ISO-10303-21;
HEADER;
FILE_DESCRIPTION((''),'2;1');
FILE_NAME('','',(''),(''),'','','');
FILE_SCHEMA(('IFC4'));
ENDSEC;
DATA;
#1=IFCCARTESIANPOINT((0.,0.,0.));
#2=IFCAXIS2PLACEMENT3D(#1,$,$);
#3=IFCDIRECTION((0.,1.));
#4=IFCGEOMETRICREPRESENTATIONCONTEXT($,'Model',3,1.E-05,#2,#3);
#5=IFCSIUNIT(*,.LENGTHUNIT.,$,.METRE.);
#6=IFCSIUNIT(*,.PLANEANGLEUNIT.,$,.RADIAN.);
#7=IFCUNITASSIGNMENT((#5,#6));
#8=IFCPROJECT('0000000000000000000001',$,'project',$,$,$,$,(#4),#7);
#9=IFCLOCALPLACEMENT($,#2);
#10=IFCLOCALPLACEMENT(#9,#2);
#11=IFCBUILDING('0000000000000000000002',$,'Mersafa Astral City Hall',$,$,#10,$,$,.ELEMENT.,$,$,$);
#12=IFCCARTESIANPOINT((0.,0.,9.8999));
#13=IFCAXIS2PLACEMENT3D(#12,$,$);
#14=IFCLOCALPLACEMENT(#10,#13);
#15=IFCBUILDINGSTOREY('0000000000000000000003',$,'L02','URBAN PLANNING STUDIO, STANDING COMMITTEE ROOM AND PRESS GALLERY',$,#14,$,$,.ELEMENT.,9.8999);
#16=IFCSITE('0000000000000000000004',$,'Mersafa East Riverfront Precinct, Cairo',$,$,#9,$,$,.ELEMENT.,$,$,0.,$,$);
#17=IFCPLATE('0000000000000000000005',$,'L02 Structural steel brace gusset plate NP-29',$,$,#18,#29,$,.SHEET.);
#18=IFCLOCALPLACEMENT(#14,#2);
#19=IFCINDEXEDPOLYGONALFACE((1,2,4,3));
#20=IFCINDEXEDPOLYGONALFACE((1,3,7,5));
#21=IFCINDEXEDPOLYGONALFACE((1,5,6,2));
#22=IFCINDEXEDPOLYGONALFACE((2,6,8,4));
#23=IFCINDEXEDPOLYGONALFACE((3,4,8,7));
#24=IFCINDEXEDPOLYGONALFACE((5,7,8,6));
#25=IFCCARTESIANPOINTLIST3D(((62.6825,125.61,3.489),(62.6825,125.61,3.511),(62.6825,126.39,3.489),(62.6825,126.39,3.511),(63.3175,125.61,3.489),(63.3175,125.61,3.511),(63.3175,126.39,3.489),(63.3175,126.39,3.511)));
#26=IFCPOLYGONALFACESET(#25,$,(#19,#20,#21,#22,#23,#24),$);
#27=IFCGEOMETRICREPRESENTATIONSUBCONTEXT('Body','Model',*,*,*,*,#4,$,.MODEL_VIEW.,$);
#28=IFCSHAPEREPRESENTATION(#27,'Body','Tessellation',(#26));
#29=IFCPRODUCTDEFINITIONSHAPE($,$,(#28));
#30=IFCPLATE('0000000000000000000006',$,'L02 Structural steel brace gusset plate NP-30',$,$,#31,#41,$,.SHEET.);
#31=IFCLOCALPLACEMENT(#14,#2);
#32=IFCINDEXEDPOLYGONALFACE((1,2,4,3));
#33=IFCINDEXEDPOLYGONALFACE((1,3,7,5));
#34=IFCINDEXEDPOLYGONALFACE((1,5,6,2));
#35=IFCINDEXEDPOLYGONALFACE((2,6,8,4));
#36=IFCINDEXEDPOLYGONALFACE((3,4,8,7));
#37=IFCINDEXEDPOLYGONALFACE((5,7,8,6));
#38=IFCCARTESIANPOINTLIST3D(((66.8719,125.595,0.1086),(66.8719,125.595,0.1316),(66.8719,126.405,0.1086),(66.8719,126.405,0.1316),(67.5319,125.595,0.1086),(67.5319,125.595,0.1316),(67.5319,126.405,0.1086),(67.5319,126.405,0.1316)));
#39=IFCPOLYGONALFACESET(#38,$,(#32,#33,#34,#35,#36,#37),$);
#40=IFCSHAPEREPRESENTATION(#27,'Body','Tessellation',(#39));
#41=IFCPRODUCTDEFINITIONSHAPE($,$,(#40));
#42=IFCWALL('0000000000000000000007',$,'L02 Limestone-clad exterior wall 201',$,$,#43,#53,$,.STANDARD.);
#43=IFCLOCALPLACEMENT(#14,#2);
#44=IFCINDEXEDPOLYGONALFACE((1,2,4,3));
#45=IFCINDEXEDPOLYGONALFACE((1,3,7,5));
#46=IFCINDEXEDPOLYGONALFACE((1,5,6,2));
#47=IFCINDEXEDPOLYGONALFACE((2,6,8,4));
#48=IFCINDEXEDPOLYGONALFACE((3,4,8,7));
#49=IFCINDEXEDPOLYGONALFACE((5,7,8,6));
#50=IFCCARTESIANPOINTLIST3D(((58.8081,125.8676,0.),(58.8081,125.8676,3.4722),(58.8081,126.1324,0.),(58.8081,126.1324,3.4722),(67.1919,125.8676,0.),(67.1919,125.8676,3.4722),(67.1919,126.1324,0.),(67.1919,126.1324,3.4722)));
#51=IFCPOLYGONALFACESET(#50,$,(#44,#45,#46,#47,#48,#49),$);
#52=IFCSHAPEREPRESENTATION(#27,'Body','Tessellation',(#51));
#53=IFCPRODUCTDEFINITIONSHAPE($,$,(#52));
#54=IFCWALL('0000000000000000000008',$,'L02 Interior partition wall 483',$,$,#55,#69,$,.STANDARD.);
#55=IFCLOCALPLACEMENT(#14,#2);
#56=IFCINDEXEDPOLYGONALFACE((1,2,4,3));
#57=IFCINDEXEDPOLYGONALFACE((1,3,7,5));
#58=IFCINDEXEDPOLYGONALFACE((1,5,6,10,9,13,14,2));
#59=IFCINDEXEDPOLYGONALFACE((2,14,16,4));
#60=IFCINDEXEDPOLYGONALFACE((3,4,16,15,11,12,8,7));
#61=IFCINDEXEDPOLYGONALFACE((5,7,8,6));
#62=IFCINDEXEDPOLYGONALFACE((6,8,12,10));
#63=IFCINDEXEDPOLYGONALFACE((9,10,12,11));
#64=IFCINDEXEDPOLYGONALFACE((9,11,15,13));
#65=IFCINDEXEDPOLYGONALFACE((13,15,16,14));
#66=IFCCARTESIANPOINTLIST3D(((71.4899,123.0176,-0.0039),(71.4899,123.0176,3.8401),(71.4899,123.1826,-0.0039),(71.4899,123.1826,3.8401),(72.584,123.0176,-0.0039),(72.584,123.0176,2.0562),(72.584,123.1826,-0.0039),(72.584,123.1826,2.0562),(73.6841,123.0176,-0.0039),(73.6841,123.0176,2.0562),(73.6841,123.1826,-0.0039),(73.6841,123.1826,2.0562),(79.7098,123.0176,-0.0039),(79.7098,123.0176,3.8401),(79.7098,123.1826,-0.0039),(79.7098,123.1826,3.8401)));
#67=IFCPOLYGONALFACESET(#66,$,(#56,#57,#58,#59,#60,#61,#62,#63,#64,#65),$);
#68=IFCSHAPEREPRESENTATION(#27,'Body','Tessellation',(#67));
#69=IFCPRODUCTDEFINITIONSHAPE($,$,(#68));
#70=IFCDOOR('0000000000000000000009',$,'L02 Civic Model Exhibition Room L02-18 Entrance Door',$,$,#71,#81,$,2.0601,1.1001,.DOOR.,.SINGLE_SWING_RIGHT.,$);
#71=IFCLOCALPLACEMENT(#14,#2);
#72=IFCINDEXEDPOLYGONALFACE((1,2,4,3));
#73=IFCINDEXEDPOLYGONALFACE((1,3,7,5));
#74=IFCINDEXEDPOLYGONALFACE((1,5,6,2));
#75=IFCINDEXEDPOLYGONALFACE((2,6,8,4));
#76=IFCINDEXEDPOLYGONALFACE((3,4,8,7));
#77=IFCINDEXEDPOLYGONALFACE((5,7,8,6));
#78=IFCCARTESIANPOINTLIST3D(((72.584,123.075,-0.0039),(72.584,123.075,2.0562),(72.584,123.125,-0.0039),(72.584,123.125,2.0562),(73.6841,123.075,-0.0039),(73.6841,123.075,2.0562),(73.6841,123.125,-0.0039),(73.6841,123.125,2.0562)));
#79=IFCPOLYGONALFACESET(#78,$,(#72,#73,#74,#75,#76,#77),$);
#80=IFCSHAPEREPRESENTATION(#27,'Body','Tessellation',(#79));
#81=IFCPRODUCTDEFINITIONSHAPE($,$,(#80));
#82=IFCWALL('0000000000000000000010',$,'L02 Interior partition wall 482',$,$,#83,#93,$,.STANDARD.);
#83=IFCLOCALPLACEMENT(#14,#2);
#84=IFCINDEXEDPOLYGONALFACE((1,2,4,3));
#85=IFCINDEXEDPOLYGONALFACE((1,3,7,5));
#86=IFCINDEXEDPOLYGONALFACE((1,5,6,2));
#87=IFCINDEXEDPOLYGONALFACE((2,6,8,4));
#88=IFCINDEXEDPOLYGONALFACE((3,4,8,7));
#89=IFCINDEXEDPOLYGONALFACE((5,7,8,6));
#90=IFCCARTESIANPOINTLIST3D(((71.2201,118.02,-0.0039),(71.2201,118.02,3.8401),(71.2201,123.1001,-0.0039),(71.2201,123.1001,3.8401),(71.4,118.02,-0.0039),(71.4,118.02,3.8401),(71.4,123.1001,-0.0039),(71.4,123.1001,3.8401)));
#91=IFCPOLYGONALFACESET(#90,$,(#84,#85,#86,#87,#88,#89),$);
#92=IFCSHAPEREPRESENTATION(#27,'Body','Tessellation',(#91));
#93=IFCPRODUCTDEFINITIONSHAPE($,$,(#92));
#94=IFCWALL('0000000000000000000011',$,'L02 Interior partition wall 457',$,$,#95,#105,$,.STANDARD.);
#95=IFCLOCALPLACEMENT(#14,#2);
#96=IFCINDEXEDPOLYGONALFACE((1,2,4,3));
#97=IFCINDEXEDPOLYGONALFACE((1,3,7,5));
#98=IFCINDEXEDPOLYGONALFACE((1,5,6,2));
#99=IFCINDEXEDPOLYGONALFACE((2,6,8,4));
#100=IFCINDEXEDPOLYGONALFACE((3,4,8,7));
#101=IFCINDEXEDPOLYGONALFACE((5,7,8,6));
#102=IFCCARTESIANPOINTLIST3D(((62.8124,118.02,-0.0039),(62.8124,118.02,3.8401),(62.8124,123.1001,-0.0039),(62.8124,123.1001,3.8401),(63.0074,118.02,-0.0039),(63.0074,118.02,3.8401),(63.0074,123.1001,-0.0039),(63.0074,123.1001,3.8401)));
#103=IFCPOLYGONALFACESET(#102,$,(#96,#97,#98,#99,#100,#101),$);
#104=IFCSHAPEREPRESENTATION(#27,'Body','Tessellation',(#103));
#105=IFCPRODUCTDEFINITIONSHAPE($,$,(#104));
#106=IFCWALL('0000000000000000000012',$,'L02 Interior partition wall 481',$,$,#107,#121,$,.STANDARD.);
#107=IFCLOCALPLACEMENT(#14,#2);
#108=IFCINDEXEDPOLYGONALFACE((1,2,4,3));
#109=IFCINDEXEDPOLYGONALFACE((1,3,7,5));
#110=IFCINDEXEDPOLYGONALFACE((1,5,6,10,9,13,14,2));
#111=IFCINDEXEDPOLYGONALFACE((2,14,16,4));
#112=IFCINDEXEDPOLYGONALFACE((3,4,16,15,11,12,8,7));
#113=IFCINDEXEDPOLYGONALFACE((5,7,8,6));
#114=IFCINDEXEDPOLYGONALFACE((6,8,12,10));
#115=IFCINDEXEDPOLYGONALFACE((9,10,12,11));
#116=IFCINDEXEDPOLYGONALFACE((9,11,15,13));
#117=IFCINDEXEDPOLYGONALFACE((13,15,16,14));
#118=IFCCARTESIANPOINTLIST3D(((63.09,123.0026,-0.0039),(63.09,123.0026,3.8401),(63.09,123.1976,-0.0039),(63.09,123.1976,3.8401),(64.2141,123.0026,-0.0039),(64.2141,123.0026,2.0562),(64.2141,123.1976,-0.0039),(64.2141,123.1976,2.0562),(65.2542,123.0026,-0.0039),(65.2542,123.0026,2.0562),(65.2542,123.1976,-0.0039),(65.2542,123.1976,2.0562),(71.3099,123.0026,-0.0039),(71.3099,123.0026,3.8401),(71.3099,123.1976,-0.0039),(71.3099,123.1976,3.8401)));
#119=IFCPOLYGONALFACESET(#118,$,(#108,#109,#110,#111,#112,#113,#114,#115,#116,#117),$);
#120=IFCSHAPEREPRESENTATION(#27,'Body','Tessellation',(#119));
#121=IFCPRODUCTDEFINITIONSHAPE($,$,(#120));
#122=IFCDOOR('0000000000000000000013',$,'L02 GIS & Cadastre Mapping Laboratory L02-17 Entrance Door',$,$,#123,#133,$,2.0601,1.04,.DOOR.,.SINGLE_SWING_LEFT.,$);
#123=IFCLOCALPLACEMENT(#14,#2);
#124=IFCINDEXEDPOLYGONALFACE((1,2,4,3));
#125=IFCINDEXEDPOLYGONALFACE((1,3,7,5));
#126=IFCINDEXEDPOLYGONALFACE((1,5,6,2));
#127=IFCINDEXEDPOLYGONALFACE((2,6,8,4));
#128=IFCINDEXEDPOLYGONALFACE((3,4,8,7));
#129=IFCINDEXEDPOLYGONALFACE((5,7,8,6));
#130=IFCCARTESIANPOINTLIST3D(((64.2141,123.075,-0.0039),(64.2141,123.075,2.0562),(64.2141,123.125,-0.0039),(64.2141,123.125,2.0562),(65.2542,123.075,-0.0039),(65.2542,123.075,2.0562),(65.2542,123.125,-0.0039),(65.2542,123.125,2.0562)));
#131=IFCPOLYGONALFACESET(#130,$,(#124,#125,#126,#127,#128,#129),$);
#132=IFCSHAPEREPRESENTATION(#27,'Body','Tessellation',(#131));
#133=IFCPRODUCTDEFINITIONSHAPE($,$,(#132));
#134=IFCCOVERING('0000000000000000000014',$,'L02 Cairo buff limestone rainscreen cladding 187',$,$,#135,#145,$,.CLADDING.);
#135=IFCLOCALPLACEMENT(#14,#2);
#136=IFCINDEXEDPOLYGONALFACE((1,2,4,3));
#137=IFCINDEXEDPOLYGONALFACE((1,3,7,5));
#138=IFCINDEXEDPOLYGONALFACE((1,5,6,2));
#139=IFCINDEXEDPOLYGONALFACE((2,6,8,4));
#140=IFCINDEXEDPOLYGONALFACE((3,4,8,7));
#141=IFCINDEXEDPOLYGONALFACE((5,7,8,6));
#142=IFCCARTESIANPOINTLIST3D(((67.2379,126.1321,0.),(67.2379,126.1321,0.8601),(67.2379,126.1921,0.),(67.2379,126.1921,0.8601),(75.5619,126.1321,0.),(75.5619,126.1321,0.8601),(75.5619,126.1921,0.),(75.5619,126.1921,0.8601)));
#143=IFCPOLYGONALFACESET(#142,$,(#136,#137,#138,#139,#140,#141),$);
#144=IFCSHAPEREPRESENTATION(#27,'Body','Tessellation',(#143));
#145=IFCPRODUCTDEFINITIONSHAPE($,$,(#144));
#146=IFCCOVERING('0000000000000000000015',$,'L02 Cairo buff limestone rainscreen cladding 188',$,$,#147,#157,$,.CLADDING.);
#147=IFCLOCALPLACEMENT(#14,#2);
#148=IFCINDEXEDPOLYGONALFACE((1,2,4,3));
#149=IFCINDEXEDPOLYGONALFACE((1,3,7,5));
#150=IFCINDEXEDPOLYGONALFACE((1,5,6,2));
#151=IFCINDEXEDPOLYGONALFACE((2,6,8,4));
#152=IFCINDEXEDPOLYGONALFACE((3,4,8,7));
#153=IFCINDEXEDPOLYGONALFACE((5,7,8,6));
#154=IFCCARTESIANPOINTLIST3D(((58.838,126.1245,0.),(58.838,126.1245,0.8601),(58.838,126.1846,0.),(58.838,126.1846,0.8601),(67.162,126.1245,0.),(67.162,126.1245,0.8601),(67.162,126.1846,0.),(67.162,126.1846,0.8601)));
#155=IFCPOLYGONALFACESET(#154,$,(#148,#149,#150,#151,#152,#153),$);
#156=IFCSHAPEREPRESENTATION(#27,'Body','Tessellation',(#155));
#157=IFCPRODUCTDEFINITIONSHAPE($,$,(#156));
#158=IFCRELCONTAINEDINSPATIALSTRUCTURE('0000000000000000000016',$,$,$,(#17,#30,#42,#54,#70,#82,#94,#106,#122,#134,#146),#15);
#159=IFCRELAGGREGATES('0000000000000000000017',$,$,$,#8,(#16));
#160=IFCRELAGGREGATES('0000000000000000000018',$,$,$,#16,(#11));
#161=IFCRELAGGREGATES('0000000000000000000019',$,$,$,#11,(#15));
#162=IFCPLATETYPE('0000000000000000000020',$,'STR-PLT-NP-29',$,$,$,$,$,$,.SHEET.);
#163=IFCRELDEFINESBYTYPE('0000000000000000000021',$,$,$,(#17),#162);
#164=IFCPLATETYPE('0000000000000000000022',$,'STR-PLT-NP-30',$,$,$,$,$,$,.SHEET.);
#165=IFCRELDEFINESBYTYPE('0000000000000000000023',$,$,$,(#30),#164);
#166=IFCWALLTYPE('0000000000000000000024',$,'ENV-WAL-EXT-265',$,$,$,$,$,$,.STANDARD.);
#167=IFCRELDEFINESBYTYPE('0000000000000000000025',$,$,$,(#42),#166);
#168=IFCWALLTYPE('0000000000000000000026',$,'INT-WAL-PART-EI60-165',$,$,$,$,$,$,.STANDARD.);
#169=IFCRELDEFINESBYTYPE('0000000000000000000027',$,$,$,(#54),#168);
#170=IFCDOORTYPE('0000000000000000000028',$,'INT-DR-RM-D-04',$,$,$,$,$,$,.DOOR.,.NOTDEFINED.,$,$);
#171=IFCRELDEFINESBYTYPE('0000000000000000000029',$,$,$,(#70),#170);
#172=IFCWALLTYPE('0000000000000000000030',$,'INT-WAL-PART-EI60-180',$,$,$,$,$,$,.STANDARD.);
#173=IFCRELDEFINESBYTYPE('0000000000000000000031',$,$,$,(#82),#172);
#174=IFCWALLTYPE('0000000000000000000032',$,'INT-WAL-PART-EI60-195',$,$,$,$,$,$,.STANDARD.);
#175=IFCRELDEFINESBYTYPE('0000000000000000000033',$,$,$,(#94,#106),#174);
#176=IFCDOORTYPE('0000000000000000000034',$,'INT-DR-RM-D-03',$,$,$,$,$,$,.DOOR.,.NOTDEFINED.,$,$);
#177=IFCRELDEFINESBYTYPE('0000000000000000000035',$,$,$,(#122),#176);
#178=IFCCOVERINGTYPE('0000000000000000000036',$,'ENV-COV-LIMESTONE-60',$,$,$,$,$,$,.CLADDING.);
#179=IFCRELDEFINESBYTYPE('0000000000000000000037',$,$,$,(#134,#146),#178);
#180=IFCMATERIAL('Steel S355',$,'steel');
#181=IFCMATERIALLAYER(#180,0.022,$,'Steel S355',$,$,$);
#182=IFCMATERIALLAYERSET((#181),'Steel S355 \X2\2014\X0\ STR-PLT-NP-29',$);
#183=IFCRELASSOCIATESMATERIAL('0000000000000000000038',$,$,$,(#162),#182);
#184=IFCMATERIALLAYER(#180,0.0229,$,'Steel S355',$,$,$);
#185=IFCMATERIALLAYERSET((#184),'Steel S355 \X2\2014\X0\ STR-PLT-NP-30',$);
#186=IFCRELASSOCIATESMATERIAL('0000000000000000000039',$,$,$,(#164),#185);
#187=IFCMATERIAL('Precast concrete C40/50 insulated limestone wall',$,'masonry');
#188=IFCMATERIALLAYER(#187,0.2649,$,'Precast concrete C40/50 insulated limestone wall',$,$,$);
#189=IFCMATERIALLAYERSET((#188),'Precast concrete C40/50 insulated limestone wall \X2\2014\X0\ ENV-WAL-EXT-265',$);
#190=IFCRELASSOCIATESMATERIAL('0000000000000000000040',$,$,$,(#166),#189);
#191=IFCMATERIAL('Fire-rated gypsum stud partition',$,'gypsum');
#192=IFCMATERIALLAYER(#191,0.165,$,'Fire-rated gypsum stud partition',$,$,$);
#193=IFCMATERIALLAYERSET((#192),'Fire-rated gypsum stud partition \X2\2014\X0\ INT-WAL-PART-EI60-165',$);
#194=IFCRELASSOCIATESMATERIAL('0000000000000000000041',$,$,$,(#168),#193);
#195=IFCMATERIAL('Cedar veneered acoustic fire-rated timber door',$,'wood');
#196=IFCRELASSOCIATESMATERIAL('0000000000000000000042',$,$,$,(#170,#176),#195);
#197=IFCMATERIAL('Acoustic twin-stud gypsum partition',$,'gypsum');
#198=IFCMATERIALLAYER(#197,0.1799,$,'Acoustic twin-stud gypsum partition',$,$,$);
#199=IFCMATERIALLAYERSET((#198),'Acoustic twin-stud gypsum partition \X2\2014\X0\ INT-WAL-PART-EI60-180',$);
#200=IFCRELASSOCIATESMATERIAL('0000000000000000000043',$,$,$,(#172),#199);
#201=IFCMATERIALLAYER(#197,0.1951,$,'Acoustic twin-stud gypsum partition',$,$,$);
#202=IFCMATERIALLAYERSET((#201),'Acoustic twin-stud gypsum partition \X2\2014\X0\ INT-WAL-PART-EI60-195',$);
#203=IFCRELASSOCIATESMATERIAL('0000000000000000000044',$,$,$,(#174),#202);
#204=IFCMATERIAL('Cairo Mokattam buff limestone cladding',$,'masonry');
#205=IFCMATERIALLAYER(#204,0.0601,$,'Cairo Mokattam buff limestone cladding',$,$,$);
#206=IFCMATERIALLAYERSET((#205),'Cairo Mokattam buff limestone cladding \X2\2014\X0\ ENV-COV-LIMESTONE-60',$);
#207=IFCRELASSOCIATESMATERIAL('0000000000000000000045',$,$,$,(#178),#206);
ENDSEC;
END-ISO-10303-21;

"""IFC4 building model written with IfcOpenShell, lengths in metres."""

from ifc_helpers import new_model, si_unit, direction, frame, frame_2d, origin, origin_2d, place, context, subcontext, project, spatial, rectangle, extrude, material, layer, layer_set, type_object, element, fill, save


model = new_model("IFC4")

# Units and contexts
model_context = context("Model", 3, precision=1e-05, world=origin(), true_north=direction((0.0, 1.0)))
body_context = subcontext(model_context, "Body", "Model", "MODEL_VIEW")
ifc_project = project(units=[si_unit("LENGTHUNIT", "METRE"), si_unit("PLANEANGLEUNIT", "RADIAN")], contexts=[model_context])

# Site, building, storey
site_placement = place(None, origin())
site = spatial("IfcSite", under=ifc_project, at=site_placement, Name="Mersafa East Riverfront Precinct, Cairo", CompositionType="ELEMENT", RefElevation=0.0)
building_placement = place(site_placement, origin())
building = spatial("IfcBuilding", under=site, at=building_placement, Name="Mersafa Astral City Hall", CompositionType="ELEMENT")
storey_placement = place(building_placement, frame((0.0, 0.0, 9.8999)))
storey = spatial("IfcBuildingStorey", under=building, at=storey_placement, Name="L02", Description="URBAN PLANNING STUDIO, STANDING COMMITTEE ROOM AND PRESS GALLERY", CompositionType="ELEMENT", Elevation=9.8999)

# Shared definitions
ifc_material_1 = material(Name="Steel S355", Category="steel")

# Plates
ifc_layer_1 = layer(ifc_material_1, 0.022, Name="Steel S355")
ifc_layer_set_1 = layer_set([ifc_layer_1], Name="Steel S355 — STR-PLT-NP-29")
plate_type_1 = type_object("IfcPlateType", Name="STR-PLT-NP-29", PredefinedType="SHEET", material=ifc_layer_set_1)
plate_1_placement = place(storey_placement, frame((63.0, 126.0, 3.489), z_axis=(0.0, 0.0, 1.0), x_axis=(1.0, 0.0, 0.0)))
element("IfcPlate", 1, at=plate_1_placement, inside=storey, type_object=plate_type_1, Name="L02 Structural steel brace gusset plate NP-29", PredefinedType="SHEET", context=body_context, shape_type="SweptSolid", body=[
    extrude(rectangle(XDim=0.635, YDim=0.78, at=origin_2d()), origin(), (0.0, 0.0, 1.0), 0.022),
])
ifc_layer_2 = layer(ifc_material_1, 0.0229, Name="Steel S355")
ifc_layer_set_2 = layer_set([ifc_layer_2], Name="Steel S355 — STR-PLT-NP-30")
plate_type_2 = type_object("IfcPlateType", Name="STR-PLT-NP-30", PredefinedType="SHEET", material=ifc_layer_set_2)
plate_2_placement = place(storey_placement, frame((67.2019, 126.0, 0.1086), z_axis=(0.0, 0.0, 1.0), x_axis=(1.0, 0.0, 0.0)))
element("IfcPlate", 2, at=plate_2_placement, inside=storey, type_object=plate_type_2, Name="L02 Structural steel brace gusset plate NP-30", PredefinedType="SHEET", context=body_context, shape_type="SweptSolid", body=[
    extrude(rectangle(XDim=0.6599, YDim=0.8101, at=origin_2d()), origin(), (0.0, 0.0, 1.0), 0.0229),
])

# Wall
ifc_material_2 = material(Name="Precast concrete C40/50 insulated limestone wall", Category="masonry")
ifc_layer_3 = layer(ifc_material_2, 0.2649, Name="Precast concrete C40/50 insulated limestone wall")
ifc_layer_set_3 = layer_set([ifc_layer_3], Name="Precast concrete C40/50 insulated limestone wall — ENV-WAL-EXT-265")
wall_type_1 = type_object("IfcWallType", Name="ENV-WAL-EXT-265", PredefinedType="STANDARD", material=ifc_layer_set_3)
wall_1_placement = place(storey_placement, frame((67.1919, 126.0, 0.0), z_axis=(0.0, 0.0, 1.0), x_axis=(-1.0, 0.0, 0.0)))
element("IfcWall", 3, at=wall_1_placement, inside=storey, type_object=wall_type_1, Name="L02 Limestone-clad exterior wall 201", PredefinedType="STANDARD", context=body_context, shape_type="SweptSolid", body=[
    extrude(rectangle(XDim=8.3838, YDim=0.2649, at=frame_2d((4.1919, 0.0))), origin(), (0.0, 0.0, 1.0), 3.4722),
])

# Wall, opening, door
ifc_material_3 = material(Name="Fire-rated gypsum stud partition", Category="gypsum")
ifc_layer_4 = layer(ifc_material_3, 0.165, Name="Fire-rated gypsum stud partition")
ifc_layer_set_4 = layer_set([ifc_layer_4], Name="Fire-rated gypsum stud partition — INT-WAL-PART-EI60-165")
wall_type_2 = type_object("IfcWallType", Name="INT-WAL-PART-EI60-165", PredefinedType="STANDARD", material=ifc_layer_set_4)
wall_2_placement = place(storey_placement, frame((71.49, 123.1001, -0.0039), z_axis=(0.0, 0.0, 1.0), x_axis=(1.0, 0.0, 0.0)))
wall_2 = element("IfcWall", 4, at=wall_2_placement, inside=storey, type_object=wall_type_2, Name="L02 Interior partition wall 483", PredefinedType="STANDARD", context=body_context, shape_type="SweptSolid", body=[
    extrude(rectangle(XDim=8.22, YDim=0.165, at=frame_2d((4.1099, 0.0))), origin(), (0.0, 0.0, 1.0), 3.844),
])
opening_1_placement = place(wall_2_placement, frame((1.094, 0.0, 0.0)))
opening_1 = element("IfcOpeningElement", 5, at=opening_1_placement, cuts=wall_2, PredefinedType="OPENING", context=body_context, shape_type="SweptSolid", body=[
    extrude(rectangle(XDim=1.1001, YDim=2.0601, at=frame_2d((0.55, 1.03))), frame((0.0, 0.0925, 0.0), z_axis=(0.0, -1.0, 0.0), x_axis=(1.0, 0.0, 0.0)), (0.0, 0.0, 1.0), 0.1851),
])
ifc_material_4 = material(Name="Cedar veneered acoustic fire-rated timber door", Category="wood")
door_type_1 = type_object("IfcDoorType", Name="INT-DR-RM-D-04", OperationType="NOTDEFINED", PredefinedType="DOOR", material=ifc_material_4)
door_1_placement = place(opening_1_placement, origin())
door_1 = element("IfcDoor", 6, at=door_1_placement, inside=storey, type_object=door_type_1, Name="L02 Civic Model Exhibition Room L02-18 Entrance Door", OperationType="SINGLE_SWING_RIGHT", OverallHeight=2.0601, OverallWidth=1.1001, PredefinedType="DOOR", context=body_context, shape_type="SweptSolid", body=[
    extrude(rectangle(XDim=1.1001, YDim=2.0601, at=frame_2d((0.55, 1.03))), frame((0.0, 0.0249, 0.0), z_axis=(0.0, -1.0, 0.0), x_axis=(1.0, 0.0, 0.0)), (0.0, 0.0, 1.0), 0.05),
])
fill(opening_1, door_1)

# Walls
ifc_material_5 = material(Name="Acoustic twin-stud gypsum partition", Category="gypsum")
ifc_layer_5 = layer(ifc_material_5, 0.1799, Name="Acoustic twin-stud gypsum partition")
ifc_layer_set_5 = layer_set([ifc_layer_5], Name="Acoustic twin-stud gypsum partition — INT-WAL-PART-EI60-180")
wall_type_3 = type_object("IfcWallType", Name="INT-WAL-PART-EI60-180", PredefinedType="STANDARD", material=ifc_layer_set_5)
wall_3_placement = place(storey_placement, frame((71.3101, 123.1001, -0.0039), z_axis=(0.0, 0.0, 1.0), x_axis=(0.0, -1.0, 0.0)))
element("IfcWall", 7, at=wall_3_placement, inside=storey, type_object=wall_type_3, Name="L02 Interior partition wall 482", PredefinedType="STANDARD", context=body_context, shape_type="SweptSolid", body=[
    extrude(rectangle(XDim=5.0801, YDim=0.1799, at=frame_2d((2.54, 0.0))), origin(), (0.0, 0.0, 1.0), 3.844),
])
ifc_layer_6 = layer(ifc_material_5, 0.1951, Name="Acoustic twin-stud gypsum partition")
ifc_layer_set_6 = layer_set([ifc_layer_6], Name="Acoustic twin-stud gypsum partition — INT-WAL-PART-EI60-195")
wall_type_4 = type_object("IfcWallType", Name="INT-WAL-PART-EI60-195", PredefinedType="STANDARD", material=ifc_layer_set_6)
wall_4_placement = place(storey_placement, frame((62.9099, 123.1001, -0.0039), z_axis=(0.0, 0.0, 1.0), x_axis=(0.0, -1.0, 0.0)))
element("IfcWall", 8, at=wall_4_placement, inside=storey, type_object=wall_type_4, Name="L02 Interior partition wall 457", PredefinedType="STANDARD", context=body_context, shape_type="SweptSolid", body=[
    extrude(rectangle(XDim=5.0801, YDim=0.1951, at=frame_2d((2.54, 0.0))), origin(), (0.0, 0.0, 1.0), 3.844),
])

# Wall, opening, door
wall_5_placement = place(storey_placement, frame((63.0901, 123.1001, -0.0039), z_axis=(0.0, 0.0, 1.0), x_axis=(1.0, 0.0, 0.0)))
wall_5 = element("IfcWall", 9, at=wall_5_placement, inside=storey, type_object=wall_type_4, Name="L02 Interior partition wall 481", PredefinedType="STANDARD", context=body_context, shape_type="SweptSolid", body=[
    extrude(rectangle(XDim=8.22, YDim=0.1951, at=frame_2d((4.1099, 0.0))), origin(), (0.0, 0.0, 1.0), 3.844),
])
opening_2_placement = place(wall_5_placement, frame((1.124, 0.0, 0.0)))
opening_2 = element("IfcOpeningElement", 10, at=opening_2_placement, cuts=wall_5, PredefinedType="OPENING", context=body_context, shape_type="SweptSolid", body=[
    extrude(rectangle(XDim=1.04, YDim=2.0601, at=frame_2d((0.52, 1.03))), frame((0.0, 0.1074, 0.0), z_axis=(0.0, -1.0, 0.0), x_axis=(1.0, 0.0, 0.0)), (0.0, 0.0, 1.0), 0.2151),
])
door_type_2 = type_object("IfcDoorType", Name="INT-DR-RM-D-03", OperationType="NOTDEFINED", PredefinedType="DOOR", material=ifc_material_4)
door_2_placement = place(opening_2_placement, origin())
door_2 = element("IfcDoor", 11, at=door_2_placement, inside=storey, type_object=door_type_2, Name="L02 GIS & Cadastre Mapping Laboratory L02-17 Entrance Door", OperationType="SINGLE_SWING_LEFT", OverallHeight=2.0601, OverallWidth=1.04, PredefinedType="DOOR", context=body_context, shape_type="SweptSolid", body=[
    extrude(rectangle(XDim=1.04, YDim=2.0601, at=frame_2d((0.52, 1.03))), frame((0.0, 0.0249, 0.0), z_axis=(0.0, -1.0, 0.0), x_axis=(1.0, 0.0, 0.0)), (0.0, 0.0, 1.0), 0.05),
])
fill(opening_2, door_2)

# Coverings
ifc_material_6 = material(Name="Cairo Mokattam buff limestone cladding", Category="masonry")
ifc_layer_7 = layer(ifc_material_6, 0.0601, Name="Cairo Mokattam buff limestone cladding")
ifc_layer_set_7 = layer_set([ifc_layer_7], Name="Cairo Mokattam buff limestone cladding — ENV-COV-LIMESTONE-60")
covering_type = type_object("IfcCoveringType", Name="ENV-COV-LIMESTONE-60", PredefinedType="CLADDING", material=ifc_layer_set_7)
for number, where, z_axis, x_axis, name in (
    (12, (71.3999, 126.1621, 0.0), (0.0, 0.0, 1.0), (-1.0, 0.0, 0.0), "L02 Cairo buff limestone rainscreen cladding 187"),
    (13, (63.0, 126.1545, 0.0), (0.0, 0.0, 1.0), (-1.0, 0.0, 0.0), "L02 Cairo buff limestone rainscreen cladding 188"),
):
    element("IfcCovering", number, at=place(storey_placement, frame(where, z_axis=z_axis, x_axis=x_axis)), inside=storey, type_object=covering_type, Name=name, PredefinedType="CLADDING", context=body_context, shape_type="SweptSolid", body=[
        extrude(rectangle(XDim=8.324, YDim=0.0601, at=origin_2d()), origin(), (0.0, 0.0, 1.0), 0.8601),
    ])

save(model, "model.ifc")
